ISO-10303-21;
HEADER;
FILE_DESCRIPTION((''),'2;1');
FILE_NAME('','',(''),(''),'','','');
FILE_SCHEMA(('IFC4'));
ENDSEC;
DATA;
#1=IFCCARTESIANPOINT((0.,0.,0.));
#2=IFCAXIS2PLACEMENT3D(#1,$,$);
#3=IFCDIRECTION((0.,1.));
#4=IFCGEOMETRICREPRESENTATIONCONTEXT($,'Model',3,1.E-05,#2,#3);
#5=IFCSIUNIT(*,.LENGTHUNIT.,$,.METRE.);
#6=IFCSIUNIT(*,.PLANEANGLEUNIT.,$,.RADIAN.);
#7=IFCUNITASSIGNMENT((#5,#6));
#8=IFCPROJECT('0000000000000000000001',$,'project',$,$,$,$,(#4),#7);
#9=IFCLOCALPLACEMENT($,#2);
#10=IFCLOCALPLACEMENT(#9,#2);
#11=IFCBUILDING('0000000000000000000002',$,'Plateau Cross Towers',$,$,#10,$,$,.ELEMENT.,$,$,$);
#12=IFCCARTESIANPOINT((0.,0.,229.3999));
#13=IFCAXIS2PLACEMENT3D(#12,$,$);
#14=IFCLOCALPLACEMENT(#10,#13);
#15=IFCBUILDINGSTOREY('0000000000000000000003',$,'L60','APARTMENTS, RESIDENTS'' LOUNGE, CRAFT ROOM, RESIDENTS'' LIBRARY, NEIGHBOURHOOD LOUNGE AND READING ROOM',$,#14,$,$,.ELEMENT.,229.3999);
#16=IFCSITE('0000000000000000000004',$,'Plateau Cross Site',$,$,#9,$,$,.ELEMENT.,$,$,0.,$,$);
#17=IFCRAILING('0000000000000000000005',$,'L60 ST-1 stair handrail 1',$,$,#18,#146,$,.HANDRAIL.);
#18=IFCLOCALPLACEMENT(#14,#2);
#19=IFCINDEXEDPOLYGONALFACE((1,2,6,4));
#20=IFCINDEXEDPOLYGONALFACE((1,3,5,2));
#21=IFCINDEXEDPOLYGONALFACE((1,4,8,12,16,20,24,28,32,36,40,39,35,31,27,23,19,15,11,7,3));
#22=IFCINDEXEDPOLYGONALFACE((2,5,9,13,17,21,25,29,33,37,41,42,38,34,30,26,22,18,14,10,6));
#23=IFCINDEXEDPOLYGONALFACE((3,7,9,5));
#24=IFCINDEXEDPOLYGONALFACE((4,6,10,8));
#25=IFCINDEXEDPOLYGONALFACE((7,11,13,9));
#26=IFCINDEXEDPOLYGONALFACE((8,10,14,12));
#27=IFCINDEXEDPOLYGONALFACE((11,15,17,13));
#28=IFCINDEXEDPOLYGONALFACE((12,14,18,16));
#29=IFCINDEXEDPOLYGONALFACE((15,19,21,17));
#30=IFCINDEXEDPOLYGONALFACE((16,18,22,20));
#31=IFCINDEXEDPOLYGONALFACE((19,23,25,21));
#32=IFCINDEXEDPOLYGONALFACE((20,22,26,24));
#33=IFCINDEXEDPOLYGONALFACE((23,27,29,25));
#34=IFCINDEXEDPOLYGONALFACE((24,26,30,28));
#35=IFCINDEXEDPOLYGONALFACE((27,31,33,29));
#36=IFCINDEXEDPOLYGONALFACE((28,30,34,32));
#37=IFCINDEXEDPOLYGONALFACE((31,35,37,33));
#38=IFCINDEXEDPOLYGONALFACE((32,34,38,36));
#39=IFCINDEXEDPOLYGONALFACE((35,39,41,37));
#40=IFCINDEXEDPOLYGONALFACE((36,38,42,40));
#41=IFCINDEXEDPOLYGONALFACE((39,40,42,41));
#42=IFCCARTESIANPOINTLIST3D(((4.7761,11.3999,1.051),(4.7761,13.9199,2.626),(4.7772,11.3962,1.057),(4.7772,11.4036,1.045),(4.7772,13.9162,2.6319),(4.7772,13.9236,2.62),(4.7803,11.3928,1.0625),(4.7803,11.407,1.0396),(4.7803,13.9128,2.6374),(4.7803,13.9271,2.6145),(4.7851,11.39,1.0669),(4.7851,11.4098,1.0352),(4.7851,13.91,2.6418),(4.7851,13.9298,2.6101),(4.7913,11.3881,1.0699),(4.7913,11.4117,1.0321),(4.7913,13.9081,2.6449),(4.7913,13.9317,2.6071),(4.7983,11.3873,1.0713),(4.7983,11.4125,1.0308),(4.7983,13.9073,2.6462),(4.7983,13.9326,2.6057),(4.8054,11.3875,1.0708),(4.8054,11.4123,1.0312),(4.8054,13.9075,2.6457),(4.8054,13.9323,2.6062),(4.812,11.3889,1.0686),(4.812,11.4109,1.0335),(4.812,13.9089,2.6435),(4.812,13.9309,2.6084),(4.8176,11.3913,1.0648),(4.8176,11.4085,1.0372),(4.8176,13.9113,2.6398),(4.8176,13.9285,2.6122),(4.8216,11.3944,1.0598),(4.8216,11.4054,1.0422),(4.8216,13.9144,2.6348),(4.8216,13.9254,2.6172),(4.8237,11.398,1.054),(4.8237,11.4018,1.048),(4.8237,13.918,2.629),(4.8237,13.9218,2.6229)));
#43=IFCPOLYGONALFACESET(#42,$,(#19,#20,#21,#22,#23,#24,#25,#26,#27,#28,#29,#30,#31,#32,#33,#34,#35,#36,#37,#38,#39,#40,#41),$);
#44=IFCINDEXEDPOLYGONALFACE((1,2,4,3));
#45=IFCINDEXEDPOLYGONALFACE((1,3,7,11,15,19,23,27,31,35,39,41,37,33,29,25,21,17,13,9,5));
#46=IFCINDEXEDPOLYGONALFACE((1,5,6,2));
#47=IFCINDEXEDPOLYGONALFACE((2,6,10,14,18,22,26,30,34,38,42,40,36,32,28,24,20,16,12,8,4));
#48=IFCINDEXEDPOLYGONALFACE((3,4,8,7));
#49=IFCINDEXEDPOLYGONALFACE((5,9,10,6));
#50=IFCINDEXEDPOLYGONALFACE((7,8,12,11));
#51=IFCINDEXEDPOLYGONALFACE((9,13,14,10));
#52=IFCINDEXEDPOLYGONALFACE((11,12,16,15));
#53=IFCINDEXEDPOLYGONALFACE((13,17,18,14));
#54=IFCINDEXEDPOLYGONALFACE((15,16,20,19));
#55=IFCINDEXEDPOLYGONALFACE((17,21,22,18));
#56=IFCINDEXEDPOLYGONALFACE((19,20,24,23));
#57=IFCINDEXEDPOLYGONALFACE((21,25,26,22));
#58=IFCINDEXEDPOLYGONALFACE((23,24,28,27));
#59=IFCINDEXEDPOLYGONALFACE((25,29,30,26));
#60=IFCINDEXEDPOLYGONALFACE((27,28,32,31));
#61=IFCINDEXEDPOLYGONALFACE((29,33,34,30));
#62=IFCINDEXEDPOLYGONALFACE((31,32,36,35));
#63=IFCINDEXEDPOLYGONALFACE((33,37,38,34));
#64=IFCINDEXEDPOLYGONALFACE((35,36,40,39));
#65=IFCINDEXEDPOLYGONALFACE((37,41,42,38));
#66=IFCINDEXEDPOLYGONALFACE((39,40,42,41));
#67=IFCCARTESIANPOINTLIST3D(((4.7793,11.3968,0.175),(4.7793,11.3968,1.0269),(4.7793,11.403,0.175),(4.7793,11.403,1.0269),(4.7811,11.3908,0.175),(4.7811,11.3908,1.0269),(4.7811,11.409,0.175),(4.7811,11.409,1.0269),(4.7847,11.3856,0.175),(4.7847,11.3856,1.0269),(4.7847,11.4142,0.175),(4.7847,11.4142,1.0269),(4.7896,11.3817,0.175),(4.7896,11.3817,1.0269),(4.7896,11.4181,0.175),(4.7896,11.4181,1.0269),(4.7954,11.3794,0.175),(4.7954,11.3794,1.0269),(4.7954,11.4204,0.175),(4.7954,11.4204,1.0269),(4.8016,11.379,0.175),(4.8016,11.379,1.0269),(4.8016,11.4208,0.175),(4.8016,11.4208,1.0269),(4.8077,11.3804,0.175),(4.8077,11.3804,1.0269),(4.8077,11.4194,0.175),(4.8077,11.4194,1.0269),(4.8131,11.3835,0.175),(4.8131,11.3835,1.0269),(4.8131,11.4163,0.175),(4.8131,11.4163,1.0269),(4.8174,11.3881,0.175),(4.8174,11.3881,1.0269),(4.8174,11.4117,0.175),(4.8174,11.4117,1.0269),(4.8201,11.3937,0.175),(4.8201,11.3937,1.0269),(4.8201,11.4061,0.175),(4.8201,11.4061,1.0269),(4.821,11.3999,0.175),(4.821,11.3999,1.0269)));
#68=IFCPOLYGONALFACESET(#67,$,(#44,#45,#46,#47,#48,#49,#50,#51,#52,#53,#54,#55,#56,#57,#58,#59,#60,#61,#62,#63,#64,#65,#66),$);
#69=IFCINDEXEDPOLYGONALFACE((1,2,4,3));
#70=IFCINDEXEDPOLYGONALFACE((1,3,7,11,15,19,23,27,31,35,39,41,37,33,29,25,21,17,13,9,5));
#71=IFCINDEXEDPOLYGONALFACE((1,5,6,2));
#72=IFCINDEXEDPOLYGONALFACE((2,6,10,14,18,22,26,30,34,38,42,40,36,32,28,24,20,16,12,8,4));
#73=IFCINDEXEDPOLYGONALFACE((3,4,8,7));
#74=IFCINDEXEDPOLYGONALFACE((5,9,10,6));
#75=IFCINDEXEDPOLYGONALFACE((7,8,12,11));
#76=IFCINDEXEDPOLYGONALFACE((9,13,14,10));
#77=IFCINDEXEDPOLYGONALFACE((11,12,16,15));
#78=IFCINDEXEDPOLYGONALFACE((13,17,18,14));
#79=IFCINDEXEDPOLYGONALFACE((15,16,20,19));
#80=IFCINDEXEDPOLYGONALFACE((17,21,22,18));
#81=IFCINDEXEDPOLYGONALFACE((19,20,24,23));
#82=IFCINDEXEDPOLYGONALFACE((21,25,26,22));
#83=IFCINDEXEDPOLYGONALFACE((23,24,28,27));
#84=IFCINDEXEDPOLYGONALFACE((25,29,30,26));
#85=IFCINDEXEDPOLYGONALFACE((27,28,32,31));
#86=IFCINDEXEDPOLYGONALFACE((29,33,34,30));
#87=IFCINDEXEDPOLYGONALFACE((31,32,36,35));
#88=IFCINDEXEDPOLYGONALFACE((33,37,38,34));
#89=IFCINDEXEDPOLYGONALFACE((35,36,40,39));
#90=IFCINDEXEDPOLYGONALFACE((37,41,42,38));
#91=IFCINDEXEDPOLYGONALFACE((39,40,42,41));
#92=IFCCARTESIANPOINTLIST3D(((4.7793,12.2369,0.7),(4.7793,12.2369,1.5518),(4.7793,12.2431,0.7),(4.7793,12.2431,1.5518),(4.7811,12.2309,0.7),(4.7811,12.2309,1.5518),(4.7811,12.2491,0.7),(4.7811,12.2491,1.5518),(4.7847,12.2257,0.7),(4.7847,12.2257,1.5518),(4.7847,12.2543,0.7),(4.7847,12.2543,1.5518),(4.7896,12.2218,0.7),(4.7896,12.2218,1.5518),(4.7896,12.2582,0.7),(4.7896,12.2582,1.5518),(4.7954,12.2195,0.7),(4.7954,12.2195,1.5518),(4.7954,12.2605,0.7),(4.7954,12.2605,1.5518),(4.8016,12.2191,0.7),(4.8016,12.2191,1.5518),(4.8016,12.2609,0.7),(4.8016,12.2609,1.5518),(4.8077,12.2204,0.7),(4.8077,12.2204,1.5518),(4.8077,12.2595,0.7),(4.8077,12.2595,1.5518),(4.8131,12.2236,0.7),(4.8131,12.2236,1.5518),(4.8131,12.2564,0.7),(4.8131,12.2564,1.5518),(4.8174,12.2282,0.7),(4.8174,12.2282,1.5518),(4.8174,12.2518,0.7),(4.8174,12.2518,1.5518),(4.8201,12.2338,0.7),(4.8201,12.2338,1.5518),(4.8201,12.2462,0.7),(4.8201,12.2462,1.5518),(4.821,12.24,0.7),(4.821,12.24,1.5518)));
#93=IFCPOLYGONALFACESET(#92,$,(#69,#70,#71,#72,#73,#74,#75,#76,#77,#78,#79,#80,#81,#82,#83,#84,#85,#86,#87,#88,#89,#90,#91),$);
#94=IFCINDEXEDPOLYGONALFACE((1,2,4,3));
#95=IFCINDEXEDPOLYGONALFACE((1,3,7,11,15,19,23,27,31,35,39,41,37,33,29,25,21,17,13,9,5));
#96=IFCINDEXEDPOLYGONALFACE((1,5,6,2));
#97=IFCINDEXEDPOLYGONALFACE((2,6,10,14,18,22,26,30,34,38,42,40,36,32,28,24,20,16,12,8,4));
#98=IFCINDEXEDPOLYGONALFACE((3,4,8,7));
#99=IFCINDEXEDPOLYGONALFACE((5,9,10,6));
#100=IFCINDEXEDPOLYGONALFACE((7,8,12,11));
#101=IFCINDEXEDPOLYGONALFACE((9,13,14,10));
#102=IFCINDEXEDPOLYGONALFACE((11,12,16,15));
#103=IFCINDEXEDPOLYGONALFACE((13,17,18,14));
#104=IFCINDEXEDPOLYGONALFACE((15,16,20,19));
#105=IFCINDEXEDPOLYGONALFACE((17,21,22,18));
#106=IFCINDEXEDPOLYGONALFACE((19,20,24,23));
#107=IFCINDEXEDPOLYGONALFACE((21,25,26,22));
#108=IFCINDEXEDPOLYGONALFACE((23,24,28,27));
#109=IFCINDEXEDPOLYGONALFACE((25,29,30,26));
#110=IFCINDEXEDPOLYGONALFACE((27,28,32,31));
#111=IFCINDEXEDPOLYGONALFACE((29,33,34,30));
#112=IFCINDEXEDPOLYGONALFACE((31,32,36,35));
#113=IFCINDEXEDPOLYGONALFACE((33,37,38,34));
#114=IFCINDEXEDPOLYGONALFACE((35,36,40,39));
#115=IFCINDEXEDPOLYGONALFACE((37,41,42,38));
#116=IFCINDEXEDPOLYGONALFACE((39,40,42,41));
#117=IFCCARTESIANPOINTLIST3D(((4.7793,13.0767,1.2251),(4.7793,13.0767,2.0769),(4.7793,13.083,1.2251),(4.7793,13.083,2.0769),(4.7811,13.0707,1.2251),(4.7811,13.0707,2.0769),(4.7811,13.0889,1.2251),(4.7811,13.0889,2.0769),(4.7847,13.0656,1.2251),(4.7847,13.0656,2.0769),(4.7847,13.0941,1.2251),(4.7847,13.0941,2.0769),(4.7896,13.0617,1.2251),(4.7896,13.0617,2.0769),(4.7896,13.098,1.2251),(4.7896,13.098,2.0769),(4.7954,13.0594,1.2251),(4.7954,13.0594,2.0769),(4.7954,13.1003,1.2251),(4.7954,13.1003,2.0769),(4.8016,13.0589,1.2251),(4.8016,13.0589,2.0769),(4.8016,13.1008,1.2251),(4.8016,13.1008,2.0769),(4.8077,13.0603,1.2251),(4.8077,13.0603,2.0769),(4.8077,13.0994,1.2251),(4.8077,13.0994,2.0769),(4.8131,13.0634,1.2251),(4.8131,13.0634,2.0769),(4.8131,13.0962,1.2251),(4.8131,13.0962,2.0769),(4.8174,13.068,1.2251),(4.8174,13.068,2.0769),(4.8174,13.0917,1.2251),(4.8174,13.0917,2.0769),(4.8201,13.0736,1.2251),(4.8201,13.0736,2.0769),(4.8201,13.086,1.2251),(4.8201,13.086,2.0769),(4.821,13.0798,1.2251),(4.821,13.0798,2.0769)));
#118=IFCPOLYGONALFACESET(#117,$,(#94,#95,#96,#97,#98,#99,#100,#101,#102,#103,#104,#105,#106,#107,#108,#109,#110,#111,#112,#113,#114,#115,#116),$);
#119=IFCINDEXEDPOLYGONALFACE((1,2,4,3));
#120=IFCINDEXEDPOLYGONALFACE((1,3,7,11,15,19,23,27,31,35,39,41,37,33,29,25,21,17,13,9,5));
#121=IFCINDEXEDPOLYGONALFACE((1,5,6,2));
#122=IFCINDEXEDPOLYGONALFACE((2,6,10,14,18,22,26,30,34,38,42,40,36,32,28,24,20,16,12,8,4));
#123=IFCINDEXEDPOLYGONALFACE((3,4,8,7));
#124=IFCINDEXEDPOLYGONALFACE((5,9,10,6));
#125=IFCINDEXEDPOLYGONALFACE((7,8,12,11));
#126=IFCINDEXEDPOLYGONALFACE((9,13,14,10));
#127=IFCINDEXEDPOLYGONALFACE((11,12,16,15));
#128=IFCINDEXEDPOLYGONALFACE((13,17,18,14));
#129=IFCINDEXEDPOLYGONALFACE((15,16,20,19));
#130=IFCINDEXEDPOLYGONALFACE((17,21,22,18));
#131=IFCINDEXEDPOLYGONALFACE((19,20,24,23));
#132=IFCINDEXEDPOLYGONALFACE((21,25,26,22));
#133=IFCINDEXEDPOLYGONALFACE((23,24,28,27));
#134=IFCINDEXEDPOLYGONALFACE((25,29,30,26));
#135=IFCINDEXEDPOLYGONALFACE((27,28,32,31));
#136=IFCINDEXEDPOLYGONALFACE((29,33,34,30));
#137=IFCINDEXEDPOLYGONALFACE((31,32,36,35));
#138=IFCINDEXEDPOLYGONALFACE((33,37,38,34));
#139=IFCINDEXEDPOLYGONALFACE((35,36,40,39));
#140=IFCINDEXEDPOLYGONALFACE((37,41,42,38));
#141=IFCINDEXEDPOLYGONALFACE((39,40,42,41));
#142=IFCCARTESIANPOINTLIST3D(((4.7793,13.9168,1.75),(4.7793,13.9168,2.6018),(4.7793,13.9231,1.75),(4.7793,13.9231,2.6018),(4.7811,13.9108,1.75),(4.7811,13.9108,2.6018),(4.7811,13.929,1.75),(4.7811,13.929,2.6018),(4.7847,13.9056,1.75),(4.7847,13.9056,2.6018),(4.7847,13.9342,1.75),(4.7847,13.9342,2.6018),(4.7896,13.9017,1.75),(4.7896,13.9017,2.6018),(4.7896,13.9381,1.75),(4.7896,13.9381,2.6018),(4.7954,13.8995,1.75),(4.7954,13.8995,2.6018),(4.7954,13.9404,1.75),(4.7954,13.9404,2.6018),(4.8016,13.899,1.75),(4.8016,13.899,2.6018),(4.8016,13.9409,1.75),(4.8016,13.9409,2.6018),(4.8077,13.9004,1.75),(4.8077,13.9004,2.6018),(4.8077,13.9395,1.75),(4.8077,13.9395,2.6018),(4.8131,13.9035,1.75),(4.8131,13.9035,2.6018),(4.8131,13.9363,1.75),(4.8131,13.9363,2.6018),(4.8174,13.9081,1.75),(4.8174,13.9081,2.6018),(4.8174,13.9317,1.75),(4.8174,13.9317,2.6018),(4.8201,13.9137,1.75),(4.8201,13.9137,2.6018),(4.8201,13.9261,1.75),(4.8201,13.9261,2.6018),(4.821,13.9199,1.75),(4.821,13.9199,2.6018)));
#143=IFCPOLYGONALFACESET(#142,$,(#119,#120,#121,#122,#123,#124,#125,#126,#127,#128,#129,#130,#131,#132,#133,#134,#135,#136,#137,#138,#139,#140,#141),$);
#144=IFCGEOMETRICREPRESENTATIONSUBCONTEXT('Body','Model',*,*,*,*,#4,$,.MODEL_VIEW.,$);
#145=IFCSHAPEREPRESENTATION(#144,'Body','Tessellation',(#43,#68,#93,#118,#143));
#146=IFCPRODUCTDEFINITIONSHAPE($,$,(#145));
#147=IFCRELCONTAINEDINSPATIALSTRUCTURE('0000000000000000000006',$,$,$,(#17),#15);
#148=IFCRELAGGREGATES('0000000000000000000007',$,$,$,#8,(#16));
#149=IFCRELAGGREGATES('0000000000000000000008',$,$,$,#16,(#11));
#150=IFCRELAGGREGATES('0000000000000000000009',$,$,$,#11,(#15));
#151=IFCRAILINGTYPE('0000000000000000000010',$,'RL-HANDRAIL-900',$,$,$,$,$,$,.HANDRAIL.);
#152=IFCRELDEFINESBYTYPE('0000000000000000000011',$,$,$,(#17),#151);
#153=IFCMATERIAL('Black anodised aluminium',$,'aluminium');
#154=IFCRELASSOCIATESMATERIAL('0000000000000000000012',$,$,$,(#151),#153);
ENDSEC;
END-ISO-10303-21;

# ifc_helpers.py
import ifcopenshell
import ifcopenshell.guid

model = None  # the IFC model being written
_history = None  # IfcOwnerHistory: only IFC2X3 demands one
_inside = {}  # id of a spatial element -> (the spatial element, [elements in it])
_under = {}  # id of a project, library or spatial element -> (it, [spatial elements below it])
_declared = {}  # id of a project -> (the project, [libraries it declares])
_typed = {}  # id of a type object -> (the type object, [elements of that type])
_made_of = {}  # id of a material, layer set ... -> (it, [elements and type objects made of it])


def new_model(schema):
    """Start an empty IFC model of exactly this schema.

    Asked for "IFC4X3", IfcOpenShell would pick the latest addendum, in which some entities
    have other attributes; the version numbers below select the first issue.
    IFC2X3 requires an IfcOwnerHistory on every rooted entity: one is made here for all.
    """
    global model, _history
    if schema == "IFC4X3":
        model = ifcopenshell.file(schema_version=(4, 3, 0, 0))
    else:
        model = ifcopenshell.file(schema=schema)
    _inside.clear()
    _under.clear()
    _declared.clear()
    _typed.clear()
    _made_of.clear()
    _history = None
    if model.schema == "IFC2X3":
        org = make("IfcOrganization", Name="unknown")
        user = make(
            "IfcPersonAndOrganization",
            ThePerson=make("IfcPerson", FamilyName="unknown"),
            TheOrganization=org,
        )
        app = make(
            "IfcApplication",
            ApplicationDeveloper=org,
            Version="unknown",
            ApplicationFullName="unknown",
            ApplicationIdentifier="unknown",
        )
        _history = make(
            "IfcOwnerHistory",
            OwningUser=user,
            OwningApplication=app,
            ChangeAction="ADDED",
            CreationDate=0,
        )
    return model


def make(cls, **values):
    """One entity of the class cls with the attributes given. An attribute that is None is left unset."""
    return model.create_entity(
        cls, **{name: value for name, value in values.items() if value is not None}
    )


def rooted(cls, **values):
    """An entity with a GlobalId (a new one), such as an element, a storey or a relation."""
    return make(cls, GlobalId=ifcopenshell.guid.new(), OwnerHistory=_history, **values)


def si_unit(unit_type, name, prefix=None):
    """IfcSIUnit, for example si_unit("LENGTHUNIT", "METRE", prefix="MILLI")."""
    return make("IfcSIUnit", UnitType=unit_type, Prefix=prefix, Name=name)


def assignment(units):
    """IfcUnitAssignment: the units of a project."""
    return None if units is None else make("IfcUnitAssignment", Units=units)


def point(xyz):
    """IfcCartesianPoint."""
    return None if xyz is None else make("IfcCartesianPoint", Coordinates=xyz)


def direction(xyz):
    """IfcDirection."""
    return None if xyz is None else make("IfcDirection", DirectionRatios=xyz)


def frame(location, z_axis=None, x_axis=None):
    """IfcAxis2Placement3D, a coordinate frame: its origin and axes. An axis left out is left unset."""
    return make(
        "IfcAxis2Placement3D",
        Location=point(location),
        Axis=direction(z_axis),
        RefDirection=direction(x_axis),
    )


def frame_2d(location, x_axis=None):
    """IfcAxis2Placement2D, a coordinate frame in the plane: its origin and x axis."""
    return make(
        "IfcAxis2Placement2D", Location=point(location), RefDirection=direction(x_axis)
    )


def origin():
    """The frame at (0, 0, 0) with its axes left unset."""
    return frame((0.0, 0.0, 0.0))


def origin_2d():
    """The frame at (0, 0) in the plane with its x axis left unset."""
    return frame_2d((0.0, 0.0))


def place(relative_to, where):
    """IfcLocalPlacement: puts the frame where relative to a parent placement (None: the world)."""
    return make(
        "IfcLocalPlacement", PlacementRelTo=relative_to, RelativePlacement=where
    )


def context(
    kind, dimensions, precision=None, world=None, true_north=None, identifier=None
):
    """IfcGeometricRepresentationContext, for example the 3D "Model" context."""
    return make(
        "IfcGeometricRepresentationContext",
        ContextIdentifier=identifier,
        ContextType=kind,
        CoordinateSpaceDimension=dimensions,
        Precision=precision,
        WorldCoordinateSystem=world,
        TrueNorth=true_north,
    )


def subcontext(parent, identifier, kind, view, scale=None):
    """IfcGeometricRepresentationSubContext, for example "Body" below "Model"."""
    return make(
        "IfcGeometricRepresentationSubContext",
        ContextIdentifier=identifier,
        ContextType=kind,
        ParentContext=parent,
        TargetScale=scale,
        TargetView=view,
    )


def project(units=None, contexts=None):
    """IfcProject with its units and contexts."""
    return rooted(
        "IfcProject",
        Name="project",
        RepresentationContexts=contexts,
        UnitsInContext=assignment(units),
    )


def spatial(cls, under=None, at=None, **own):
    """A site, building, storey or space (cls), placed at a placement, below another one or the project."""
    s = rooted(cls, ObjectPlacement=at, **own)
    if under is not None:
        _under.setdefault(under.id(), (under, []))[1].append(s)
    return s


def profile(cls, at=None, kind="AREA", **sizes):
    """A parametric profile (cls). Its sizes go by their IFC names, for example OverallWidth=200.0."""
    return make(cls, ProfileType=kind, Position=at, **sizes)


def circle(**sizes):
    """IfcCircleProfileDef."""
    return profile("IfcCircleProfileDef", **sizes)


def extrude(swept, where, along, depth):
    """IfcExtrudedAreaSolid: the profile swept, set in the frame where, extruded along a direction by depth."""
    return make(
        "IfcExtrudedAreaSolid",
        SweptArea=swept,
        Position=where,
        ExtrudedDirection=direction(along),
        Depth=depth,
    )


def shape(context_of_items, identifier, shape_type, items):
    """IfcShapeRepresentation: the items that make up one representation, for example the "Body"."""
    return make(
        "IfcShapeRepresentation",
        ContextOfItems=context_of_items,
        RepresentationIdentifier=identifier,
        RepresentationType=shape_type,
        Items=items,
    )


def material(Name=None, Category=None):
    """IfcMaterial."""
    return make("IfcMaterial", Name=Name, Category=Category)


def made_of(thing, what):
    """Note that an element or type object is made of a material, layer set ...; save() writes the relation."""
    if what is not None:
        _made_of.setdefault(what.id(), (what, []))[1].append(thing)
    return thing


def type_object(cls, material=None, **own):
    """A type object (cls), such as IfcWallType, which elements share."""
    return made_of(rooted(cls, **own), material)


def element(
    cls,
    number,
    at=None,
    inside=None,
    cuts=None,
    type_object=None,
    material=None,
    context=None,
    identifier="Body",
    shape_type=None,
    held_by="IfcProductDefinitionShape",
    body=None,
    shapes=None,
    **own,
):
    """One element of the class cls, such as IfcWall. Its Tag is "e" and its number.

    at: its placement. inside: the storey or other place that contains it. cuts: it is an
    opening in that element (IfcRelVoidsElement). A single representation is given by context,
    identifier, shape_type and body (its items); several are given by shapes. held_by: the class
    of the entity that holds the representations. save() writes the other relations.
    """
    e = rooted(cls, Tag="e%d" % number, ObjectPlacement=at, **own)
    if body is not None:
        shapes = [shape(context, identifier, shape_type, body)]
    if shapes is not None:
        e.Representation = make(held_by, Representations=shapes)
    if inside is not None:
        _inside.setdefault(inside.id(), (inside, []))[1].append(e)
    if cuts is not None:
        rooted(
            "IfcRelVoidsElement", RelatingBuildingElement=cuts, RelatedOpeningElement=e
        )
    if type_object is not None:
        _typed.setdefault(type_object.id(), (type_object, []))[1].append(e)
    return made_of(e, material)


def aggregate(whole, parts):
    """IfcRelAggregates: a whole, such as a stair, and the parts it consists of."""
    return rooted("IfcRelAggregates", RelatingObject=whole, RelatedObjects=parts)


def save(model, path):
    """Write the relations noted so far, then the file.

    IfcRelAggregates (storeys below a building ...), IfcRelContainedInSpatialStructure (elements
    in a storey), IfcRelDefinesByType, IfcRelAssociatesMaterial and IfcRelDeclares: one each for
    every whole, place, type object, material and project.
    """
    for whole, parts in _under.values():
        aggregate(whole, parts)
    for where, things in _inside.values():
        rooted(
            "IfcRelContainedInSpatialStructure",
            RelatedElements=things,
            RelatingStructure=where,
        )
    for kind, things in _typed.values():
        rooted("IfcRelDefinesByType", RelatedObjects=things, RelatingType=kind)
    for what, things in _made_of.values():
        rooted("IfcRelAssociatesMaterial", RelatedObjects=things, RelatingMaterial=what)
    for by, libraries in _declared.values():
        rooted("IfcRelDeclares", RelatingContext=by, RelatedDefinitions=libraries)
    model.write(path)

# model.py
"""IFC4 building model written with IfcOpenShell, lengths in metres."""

from ifc_helpers import new_model, si_unit, direction, frame, origin, origin_2d, place, context, subcontext, project, spatial, circle, extrude, material, type_object, element, save


model = new_model("IFC4")

# Units and contexts
model_context = context("Model", 3, precision=1e-05, world=origin(), true_north=direction((0.0, 1.0)))
body_context = subcontext(model_context, "Body", "Model", "MODEL_VIEW")
ifc_project = project(units=[si_unit("LENGTHUNIT", "METRE"), si_unit("PLANEANGLEUNIT", "RADIAN")], contexts=[model_context])

# Site, building, storey
site_placement = place(None, origin())
site = spatial("IfcSite", under=ifc_project, at=site_placement, Name="Plateau Cross Site", CompositionType="ELEMENT", RefElevation=0.0)
building_placement = place(site_placement, origin())
building = spatial("IfcBuilding", under=site, at=building_placement, Name="Plateau Cross Towers", CompositionType="ELEMENT")
storey_placement = place(building_placement, frame((0.0, 0.0, 229.3999)))
storey = spatial("IfcBuildingStorey", under=building, at=storey_placement, Name="L60", Description="APARTMENTS, RESIDENTS' LOUNGE, CRAFT ROOM, RESIDENTS' LIBRARY, NEIGHBOURHOOD LOUNGE AND READING ROOM", CompositionType="ELEMENT", Elevation=229.3999)

# Railing
ifc_material_1 = material(Name="Black anodised aluminium", Category="aluminium")
railing_type_1 = type_object("IfcRailingType", Name="RL-HANDRAIL-900", PredefinedType="HANDRAIL", material=ifc_material_1)
railing_1_placement = place(storey_placement, frame((4.8, 11.3999, 0.175)))
element("IfcRailing", 1, at=railing_1_placement, inside=storey, type_object=railing_type_1, Name="L60 ST-1 stair handrail 1", PredefinedType="HANDRAIL", context=body_context, shape_type="SweptSolid", body=[
    extrude(circle(Radius=0.0239, at=origin_2d()), frame((0.0, 0.0, 0.876), z_axis=(0.0, 0.848008, 0.529984), x_axis=(-1.0, 0.0, 0.0)), (0.0, 0.0, 1.0), 2.9717),
    extrude(circle(Radius=0.021, at=origin_2d()), origin(), (0.0, 0.0, 1.0), 0.8518),
    extrude(circle(Radius=0.021, at=origin_2d()), frame((0.0, 0.8401, 0.5249)), (0.0, 0.0, 1.0), 0.8518),
    extrude(circle(Radius=0.021, at=origin_2d()), frame((0.0, 1.6799, 1.05)), (0.0, 0.0, 1.0), 0.8518),
    extrude(circle(Radius=0.021, at=origin_2d()), frame((0.0, 2.52, 1.575)), (0.0, 0.0, 1.0), 0.8518),
])

save(model, "model.ifc")
